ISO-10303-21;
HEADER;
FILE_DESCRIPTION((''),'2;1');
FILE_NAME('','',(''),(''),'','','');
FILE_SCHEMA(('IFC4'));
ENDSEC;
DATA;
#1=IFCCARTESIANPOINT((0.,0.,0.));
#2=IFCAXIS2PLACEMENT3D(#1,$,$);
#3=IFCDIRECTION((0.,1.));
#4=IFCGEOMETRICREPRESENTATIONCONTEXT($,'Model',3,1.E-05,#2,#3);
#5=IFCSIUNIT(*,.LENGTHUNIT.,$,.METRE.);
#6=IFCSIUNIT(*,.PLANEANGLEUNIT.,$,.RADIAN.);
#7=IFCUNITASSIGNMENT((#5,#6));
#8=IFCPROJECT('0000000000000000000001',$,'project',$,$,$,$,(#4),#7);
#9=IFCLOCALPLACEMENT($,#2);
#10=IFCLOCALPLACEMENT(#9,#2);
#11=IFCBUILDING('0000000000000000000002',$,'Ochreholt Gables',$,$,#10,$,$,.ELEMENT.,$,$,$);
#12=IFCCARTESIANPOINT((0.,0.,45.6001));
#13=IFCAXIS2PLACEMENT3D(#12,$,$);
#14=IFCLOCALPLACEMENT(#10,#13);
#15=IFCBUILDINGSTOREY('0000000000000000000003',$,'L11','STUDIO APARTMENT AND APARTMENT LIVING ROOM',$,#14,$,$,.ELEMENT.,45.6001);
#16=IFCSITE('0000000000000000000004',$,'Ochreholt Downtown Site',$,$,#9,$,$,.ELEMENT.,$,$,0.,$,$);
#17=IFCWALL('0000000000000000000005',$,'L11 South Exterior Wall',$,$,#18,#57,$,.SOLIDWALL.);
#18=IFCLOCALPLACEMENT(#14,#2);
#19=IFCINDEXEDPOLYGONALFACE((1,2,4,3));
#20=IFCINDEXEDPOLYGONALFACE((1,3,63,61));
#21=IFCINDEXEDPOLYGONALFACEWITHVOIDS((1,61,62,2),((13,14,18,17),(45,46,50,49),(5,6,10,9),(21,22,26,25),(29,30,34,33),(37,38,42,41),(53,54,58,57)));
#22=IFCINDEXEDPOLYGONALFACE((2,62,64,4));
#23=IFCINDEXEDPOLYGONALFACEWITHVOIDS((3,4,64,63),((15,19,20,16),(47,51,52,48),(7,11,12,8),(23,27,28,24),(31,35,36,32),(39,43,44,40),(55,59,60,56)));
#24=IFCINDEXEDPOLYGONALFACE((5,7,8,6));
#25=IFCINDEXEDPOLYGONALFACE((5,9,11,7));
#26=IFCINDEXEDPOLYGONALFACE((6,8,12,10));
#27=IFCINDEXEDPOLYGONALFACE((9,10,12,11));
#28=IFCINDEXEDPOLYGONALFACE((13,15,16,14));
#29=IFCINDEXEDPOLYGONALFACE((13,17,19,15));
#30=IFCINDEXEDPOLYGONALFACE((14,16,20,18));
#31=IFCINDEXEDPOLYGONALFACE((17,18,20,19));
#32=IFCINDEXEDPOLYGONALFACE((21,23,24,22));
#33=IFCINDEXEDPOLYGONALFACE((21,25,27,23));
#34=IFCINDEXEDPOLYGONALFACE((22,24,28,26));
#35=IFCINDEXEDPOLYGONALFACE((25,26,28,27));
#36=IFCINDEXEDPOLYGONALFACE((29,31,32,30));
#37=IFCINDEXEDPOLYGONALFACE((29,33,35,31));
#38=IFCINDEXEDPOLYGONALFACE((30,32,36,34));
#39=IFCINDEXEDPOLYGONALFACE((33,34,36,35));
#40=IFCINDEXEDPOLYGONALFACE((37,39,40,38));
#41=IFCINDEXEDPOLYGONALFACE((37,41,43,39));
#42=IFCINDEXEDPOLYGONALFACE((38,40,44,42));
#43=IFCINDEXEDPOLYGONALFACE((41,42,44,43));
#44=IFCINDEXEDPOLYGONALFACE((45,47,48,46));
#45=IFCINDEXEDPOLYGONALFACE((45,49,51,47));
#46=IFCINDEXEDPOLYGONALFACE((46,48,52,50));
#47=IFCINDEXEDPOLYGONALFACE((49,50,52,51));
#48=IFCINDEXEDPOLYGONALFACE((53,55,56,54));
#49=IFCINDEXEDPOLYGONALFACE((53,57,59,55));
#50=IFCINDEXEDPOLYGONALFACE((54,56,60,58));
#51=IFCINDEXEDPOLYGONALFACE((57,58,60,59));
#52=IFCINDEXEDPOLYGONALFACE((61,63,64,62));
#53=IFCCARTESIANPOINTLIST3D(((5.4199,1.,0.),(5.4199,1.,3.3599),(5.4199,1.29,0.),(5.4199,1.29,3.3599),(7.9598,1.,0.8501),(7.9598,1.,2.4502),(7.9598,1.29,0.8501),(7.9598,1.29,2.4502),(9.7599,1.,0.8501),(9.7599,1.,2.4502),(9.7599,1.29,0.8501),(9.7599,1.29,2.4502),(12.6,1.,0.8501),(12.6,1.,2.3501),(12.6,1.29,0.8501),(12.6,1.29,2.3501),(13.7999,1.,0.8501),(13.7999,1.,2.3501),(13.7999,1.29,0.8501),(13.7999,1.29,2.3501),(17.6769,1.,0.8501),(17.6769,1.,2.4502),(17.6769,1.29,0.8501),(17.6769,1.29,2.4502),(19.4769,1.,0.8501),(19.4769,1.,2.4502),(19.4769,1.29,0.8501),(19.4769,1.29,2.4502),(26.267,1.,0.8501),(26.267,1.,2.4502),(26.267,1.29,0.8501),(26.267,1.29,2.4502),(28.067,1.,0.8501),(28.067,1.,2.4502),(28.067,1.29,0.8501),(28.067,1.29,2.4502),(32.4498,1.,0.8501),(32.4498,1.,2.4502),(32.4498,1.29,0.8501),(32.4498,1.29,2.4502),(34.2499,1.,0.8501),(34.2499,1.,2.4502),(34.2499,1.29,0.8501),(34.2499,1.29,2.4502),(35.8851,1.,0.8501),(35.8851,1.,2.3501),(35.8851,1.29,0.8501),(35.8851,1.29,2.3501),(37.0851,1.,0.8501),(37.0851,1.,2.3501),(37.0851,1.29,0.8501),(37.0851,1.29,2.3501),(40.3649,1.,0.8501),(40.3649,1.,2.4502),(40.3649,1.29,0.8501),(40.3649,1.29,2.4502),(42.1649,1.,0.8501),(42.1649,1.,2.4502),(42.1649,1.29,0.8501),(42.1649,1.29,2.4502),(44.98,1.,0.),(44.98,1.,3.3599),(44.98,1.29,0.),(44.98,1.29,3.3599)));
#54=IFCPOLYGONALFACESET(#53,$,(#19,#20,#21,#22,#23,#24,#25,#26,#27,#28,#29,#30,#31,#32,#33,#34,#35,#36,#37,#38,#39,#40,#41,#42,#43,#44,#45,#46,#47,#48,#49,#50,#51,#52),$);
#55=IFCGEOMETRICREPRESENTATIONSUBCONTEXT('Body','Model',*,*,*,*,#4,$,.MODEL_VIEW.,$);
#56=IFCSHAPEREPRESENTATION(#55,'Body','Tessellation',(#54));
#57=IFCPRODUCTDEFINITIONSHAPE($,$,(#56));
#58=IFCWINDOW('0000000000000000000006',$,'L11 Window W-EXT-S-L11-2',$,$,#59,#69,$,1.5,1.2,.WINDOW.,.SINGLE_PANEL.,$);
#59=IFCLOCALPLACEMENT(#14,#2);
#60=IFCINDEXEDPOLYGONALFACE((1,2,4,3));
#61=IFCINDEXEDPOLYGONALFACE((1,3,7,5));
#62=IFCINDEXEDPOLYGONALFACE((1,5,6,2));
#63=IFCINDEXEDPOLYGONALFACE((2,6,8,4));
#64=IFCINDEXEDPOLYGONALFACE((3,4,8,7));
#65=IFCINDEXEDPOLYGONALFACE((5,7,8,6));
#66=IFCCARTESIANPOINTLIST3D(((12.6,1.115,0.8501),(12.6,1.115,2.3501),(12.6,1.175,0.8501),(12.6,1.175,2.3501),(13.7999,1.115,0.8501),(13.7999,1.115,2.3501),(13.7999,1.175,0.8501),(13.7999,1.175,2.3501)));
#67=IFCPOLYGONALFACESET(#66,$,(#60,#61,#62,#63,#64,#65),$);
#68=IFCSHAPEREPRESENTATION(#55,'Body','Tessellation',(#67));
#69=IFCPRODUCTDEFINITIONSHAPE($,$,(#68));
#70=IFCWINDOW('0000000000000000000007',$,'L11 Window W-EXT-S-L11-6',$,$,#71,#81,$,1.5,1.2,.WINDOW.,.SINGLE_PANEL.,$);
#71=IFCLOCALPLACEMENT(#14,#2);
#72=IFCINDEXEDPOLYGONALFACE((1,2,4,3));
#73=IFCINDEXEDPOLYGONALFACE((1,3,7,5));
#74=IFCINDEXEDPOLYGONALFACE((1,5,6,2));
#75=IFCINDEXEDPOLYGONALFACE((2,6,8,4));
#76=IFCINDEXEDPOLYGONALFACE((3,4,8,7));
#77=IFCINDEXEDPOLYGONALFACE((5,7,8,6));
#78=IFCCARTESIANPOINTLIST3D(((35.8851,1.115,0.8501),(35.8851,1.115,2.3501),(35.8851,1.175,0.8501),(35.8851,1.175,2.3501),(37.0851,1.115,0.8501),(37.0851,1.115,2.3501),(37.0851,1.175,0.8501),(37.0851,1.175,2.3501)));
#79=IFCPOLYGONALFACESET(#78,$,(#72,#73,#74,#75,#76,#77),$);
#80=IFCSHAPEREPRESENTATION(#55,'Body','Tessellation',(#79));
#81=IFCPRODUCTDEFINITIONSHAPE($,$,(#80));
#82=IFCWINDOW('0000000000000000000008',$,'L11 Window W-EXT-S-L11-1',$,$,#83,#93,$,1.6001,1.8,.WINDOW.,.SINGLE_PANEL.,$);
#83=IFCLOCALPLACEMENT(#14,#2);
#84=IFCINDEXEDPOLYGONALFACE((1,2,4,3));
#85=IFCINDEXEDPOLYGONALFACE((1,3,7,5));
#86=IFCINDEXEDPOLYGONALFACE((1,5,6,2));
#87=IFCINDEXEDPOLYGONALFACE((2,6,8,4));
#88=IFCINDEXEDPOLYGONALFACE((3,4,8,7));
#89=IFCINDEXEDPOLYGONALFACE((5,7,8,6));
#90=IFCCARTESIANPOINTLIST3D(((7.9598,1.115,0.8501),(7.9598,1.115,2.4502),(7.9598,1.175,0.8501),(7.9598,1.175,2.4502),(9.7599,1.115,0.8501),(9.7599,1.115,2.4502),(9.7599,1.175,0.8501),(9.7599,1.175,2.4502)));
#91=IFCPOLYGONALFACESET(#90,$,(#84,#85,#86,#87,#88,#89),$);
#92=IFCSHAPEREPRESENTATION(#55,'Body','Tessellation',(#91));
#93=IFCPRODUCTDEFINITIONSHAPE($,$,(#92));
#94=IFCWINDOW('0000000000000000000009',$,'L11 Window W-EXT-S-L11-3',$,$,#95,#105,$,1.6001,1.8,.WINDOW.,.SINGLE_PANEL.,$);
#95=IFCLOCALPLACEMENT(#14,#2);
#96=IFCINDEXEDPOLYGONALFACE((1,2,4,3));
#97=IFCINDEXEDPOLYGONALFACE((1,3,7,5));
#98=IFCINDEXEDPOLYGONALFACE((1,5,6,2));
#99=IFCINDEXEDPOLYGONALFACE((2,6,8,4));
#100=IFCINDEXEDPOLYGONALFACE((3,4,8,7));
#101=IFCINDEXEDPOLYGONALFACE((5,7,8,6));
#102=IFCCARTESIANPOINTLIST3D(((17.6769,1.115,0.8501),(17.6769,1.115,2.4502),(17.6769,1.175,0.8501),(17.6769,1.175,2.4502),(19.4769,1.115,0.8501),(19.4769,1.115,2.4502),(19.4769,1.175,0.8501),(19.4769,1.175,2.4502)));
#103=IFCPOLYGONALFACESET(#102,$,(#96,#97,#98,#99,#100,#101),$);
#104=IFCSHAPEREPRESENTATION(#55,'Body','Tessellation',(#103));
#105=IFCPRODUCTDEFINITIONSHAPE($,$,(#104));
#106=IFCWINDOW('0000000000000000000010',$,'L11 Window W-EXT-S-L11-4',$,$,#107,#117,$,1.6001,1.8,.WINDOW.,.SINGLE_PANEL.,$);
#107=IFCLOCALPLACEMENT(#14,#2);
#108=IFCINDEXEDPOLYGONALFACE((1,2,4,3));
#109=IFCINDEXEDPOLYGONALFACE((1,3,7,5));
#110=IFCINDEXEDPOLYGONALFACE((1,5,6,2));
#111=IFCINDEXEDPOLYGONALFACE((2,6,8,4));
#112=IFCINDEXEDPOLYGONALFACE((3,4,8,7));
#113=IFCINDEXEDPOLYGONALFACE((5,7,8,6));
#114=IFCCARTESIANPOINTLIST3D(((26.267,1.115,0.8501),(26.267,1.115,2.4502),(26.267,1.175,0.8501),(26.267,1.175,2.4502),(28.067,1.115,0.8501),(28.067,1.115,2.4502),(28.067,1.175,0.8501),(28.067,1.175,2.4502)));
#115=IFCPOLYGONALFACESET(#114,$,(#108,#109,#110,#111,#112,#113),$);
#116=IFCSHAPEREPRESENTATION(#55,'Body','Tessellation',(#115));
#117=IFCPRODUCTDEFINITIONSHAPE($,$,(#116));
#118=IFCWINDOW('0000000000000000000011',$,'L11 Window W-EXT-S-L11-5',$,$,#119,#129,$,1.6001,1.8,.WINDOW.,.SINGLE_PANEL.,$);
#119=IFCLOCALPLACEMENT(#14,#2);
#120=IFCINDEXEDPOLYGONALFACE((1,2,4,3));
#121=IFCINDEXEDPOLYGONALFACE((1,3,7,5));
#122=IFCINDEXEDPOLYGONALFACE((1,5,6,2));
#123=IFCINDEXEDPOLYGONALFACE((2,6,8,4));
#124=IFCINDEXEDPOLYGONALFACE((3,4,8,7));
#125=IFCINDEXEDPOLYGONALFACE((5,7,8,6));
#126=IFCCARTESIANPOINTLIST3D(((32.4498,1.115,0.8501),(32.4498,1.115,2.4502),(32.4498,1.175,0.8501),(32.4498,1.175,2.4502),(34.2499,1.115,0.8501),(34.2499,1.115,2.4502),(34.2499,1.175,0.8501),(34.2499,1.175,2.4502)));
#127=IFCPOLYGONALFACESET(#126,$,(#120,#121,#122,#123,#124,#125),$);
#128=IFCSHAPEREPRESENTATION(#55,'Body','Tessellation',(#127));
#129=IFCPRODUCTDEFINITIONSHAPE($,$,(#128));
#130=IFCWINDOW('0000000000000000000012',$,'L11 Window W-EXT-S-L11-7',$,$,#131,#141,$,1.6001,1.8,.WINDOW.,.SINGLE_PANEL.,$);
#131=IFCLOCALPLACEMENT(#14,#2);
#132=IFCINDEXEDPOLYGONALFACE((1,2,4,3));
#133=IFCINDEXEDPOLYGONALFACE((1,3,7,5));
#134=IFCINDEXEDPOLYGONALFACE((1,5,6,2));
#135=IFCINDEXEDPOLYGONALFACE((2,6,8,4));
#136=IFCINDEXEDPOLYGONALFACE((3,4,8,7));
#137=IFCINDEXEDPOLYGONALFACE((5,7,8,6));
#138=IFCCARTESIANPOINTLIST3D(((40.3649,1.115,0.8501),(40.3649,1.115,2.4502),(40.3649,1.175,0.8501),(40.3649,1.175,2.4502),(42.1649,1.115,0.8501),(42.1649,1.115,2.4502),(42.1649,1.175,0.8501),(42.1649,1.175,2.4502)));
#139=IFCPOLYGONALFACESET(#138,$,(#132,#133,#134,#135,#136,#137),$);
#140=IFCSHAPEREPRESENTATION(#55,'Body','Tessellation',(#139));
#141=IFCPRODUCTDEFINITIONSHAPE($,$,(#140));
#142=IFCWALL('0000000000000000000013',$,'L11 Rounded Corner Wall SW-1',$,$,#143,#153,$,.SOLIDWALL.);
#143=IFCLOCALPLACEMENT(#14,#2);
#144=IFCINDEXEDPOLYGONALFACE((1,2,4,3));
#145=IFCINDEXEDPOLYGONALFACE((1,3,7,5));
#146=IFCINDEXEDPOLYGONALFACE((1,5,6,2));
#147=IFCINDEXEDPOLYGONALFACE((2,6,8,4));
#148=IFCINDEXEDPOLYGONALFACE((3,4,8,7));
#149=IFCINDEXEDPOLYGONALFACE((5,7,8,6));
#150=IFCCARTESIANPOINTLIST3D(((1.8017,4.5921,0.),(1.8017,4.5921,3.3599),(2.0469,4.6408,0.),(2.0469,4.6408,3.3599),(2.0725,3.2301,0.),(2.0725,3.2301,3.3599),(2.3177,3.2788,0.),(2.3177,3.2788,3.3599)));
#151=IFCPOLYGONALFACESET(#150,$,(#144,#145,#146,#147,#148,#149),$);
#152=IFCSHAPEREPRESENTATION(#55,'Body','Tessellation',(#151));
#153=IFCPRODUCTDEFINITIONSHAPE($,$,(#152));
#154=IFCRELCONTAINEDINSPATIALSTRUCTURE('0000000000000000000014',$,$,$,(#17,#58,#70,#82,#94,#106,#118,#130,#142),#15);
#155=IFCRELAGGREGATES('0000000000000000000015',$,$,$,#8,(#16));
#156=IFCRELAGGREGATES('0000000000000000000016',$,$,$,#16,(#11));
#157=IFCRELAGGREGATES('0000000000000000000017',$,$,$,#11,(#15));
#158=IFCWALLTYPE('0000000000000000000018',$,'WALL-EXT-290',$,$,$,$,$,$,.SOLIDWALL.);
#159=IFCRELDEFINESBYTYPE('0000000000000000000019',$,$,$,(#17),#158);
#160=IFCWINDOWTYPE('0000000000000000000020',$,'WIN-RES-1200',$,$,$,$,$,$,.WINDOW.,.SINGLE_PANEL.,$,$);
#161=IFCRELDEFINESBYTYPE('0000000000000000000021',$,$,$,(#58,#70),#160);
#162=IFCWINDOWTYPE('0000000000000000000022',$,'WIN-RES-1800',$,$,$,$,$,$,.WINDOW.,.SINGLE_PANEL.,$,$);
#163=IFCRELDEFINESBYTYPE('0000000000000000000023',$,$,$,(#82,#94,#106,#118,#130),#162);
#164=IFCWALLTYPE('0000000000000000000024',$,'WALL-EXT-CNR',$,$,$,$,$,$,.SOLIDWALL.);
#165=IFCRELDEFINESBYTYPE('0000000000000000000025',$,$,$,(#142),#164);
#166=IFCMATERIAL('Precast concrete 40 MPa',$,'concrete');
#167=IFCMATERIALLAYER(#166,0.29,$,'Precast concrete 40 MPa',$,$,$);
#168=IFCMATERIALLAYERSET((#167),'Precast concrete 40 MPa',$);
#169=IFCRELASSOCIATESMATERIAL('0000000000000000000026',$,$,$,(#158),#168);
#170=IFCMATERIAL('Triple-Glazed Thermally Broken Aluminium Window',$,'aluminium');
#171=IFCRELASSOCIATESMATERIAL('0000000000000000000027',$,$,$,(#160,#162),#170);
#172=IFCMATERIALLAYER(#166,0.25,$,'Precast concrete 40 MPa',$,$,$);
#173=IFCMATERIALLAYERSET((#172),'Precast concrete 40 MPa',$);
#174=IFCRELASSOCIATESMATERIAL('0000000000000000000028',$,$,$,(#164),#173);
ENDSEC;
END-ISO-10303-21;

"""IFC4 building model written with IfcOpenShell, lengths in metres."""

from ifc_helpers import new_model, si_unit, direction, frame, frame_2d, origin, place, context, subcontext, project, spatial, rectangle, extrude, material, layer, layer_set, type_object, element, fill, save


model = new_model("IFC4")

# Units and contexts
model_context = context("Model", 3, precision=1e-05, world=origin(), true_north=direction((0.0, 1.0)))
body_context = subcontext(model_context, "Body", "Model", "MODEL_VIEW")
ifc_project = project(units=[si_unit("LENGTHUNIT", "METRE"), si_unit("PLANEANGLEUNIT", "RADIAN")], contexts=[model_context])

# Site, building, storey
site_placement = place(None, origin())
site = spatial("IfcSite", under=ifc_project, at=site_placement, Name="Ochreholt Downtown Site", CompositionType="ELEMENT", RefElevation=0.0)
building_placement = place(site_placement, origin())
building = spatial("IfcBuilding", under=site, at=building_placement, Name="Ochreholt Gables", CompositionType="ELEMENT")
storey_placement = place(building_placement, frame((0.0, 0.0, 45.6001)))
storey = spatial("IfcBuildingStorey", under=building, at=storey_placement, Name="L11", Description="STUDIO APARTMENT AND APARTMENT LIVING ROOM", CompositionType="ELEMENT", Elevation=45.6001)

# Wall, openings, windows
ifc_material_1 = material(Name="Precast concrete 40 MPa", Category="concrete")
ifc_layer_1 = layer(ifc_material_1, 0.29, Name="Precast concrete 40 MPa")
ifc_layer_set_1 = layer_set([ifc_layer_1], Name="Precast concrete 40 MPa")
wall_type_1 = type_object("IfcWallType", Name="WALL-EXT-290", PredefinedType="SOLIDWALL", material=ifc_layer_set_1)
wall_1_placement = place(storey_placement, frame((5.4199, 1.145, 0.0), z_axis=(0.0, 0.0, 1.0), x_axis=(1.0, 0.0, 0.0)))
wall_1 = element("IfcWall", 1, at=wall_1_placement, inside=storey, type_object=wall_type_1, Name="L11 South Exterior Wall", PredefinedType="SOLIDWALL", context=body_context, shape_type="SweptSolid", body=[
    extrude(rectangle(XDim=39.5601, YDim=0.29, at=frame_2d((19.78, 0.0))), origin(), (0.0, 0.0, 1.0), 3.3599),
])
opening_1_placement = place(wall_1_placement, frame((2.54, 0.0, 0.8501)))
opening_1 = element("IfcOpeningElement", 2, at=opening_1_placement, cuts=wall_1, PredefinedType="OPENING", context=body_context, shape_type="SweptSolid", body=[
    extrude(rectangle(XDim=1.8, YDim=1.6001, at=frame_2d((0.8999, 0.8))), frame((0.0, 0.155, 0.0), z_axis=(0.0, -1.0, 0.0), x_axis=(1.0, 0.0, 0.0)), (0.0, 0.0, 1.0), 0.3101),
])
opening_2_placement = place(wall_1_placement, frame((7.1799, 0.0, 0.8501)))
opening_2 = element("IfcOpeningElement", 3, at=opening_2_placement, cuts=wall_1, PredefinedType="OPENING", context=body_context, shape_type="SweptSolid", body=[
    extrude(rectangle(XDim=1.2, YDim=1.5, at=frame_2d((0.6001, 0.75))), frame((0.0, 0.155, 0.0), z_axis=(0.0, -1.0, 0.0), x_axis=(1.0, 0.0, 0.0)), (0.0, 0.0, 1.0), 0.3101),
])
opening_3_placement = place(wall_1_placement, frame((12.2571, 0.0, 0.8501)))
opening_3 = element("IfcOpeningElement", 4, at=opening_3_placement, cuts=wall_1, PredefinedType="OPENING", context=body_context, shape_type="SweptSolid", body=[
    extrude(rectangle(XDim=1.8, YDim=1.6001, at=frame_2d((0.8999, 0.8))), frame((0.0, 0.155, 0.0), z_axis=(0.0, -1.0, 0.0), x_axis=(1.0, 0.0, 0.0)), (0.0, 0.0, 1.0), 0.3101),
])
opening_4_placement = place(wall_1_placement, frame((20.8472, 0.0, 0.8501)))
opening_4 = element("IfcOpeningElement", 5, at=opening_4_placement, cuts=wall_1, PredefinedType="OPENING", context=body_context, shape_type="SweptSolid", body=[
    extrude(rectangle(XDim=1.8, YDim=1.6001, at=frame_2d((0.8999, 0.8))), frame((0.0, 0.155, 0.0), z_axis=(0.0, -1.0, 0.0), x_axis=(1.0, 0.0, 0.0)), (0.0, 0.0, 1.0), 0.3101),
])
opening_5_placement = place(wall_1_placement, frame((27.03, 0.0, 0.8501)))
opening_5 = element("IfcOpeningElement", 6, at=opening_5_placement, cuts=wall_1, PredefinedType="OPENING", context=body_context, shape_type="SweptSolid", body=[
    extrude(rectangle(XDim=1.8, YDim=1.6001, at=frame_2d((0.8999, 0.8))), frame((0.0, 0.155, 0.0), z_axis=(0.0, -1.0, 0.0), x_axis=(1.0, 0.0, 0.0)), (0.0, 0.0, 1.0), 0.3101),
])
opening_6_placement = place(wall_1_placement, frame((30.4651, 0.0, 0.8501)))
opening_6 = element("IfcOpeningElement", 7, at=opening_6_placement, cuts=wall_1, PredefinedType="OPENING", context=body_context, shape_type="SweptSolid", body=[
    extrude(rectangle(XDim=1.2, YDim=1.5, at=frame_2d((0.6001, 0.75))), frame((0.0, 0.155, 0.0), z_axis=(0.0, -1.0, 0.0), x_axis=(1.0, 0.0, 0.0)), (0.0, 0.0, 1.0), 0.3101),
])
opening_7_placement = place(wall_1_placement, frame((34.9451, 0.0, 0.8501)))
opening_7 = element("IfcOpeningElement", 8, at=opening_7_placement, cuts=wall_1, PredefinedType="OPENING", context=body_context, shape_type="SweptSolid", body=[
    extrude(rectangle(XDim=1.8, YDim=1.6001, at=frame_2d((0.8999, 0.8))), frame((0.0, 0.155, 0.0), z_axis=(0.0, -1.0, 0.0), x_axis=(1.0, 0.0, 0.0)), (0.0, 0.0, 1.0), 0.3101),
])
ifc_material_2 = material(Name="Triple-Glazed Thermally Broken Aluminium Window", Category="aluminium")
window_type_1 = type_object("IfcWindowType", Name="WIN-RES-1200", PartitioningType="SINGLE_PANEL", PredefinedType="WINDOW", material=ifc_material_2)
window_1_placement = place(opening_2_placement, origin())
window_1 = element("IfcWindow", 9, at=window_1_placement, inside=storey, type_object=window_type_1, Name="L11 Window W-EXT-S-L11-2", OverallHeight=1.5, OverallWidth=1.2, PartitioningType="SINGLE_PANEL", PredefinedType="WINDOW", context=body_context, shape_type="SweptSolid", body=[
    extrude(rectangle(XDim=1.2, YDim=1.5, at=frame_2d((0.6001, 0.75))), frame((0.0, 0.03, 0.0), z_axis=(0.0, -1.0, 0.0), x_axis=(1.0, 0.0, 0.0)), (0.0, 0.0, 1.0), 0.0601),
])
fill(opening_2, window_1)
window_2_placement = place(opening_6_placement, origin())
window_2 = element("IfcWindow", 10, at=window_2_placement, inside=storey, type_object=window_type_1, Name="L11 Window W-EXT-S-L11-6", OverallHeight=1.5, OverallWidth=1.2, PartitioningType="SINGLE_PANEL", PredefinedType="WINDOW", context=body_context, shape_type="SweptSolid", body=[
    extrude(rectangle(XDim=1.2, YDim=1.5, at=frame_2d((0.6001, 0.75))), frame((0.0, 0.03, 0.0), z_axis=(0.0, -1.0, 0.0), x_axis=(1.0, 0.0, 0.0)), (0.0, 0.0, 1.0), 0.0601),
])
fill(opening_6, window_2)
window_type_2 = type_object("IfcWindowType", Name="WIN-RES-1800", PartitioningType="SINGLE_PANEL", PredefinedType="WINDOW", material=ifc_material_2)
window_3_placement = place(opening_1_placement, origin())
window_3 = element("IfcWindow", 11, at=window_3_placement, inside=storey, type_object=window_type_2, Name="L11 Window W-EXT-S-L11-1", OverallHeight=1.6001, OverallWidth=1.8, PartitioningType="SINGLE_PANEL", PredefinedType="WINDOW", context=body_context, shape_type="SweptSolid", body=[
    extrude(rectangle(XDim=1.8, YDim=1.6001, at=frame_2d((0.8999, 0.8))), frame((0.0, 0.03, 0.0), z_axis=(0.0, -1.0, 0.0), x_axis=(1.0, 0.0, 0.0)), (0.0, 0.0, 1.0), 0.0601),
])
fill(opening_1, window_3)
window_4_placement = place(opening_3_placement, origin())
window_4 = element("IfcWindow", 12, at=window_4_placement, inside=storey, type_object=window_type_2, Name="L11 Window W-EXT-S-L11-3", OverallHeight=1.6001, OverallWidth=1.8, PartitioningType="SINGLE_PANEL", PredefinedType="WINDOW", context=body_context, shape_type="SweptSolid", body=[
    extrude(rectangle(XDim=1.8, YDim=1.6001, at=frame_2d((0.8999, 0.8))), frame((0.0, 0.03, 0.0), z_axis=(0.0, -1.0, 0.0), x_axis=(1.0, 0.0, 0.0)), (0.0, 0.0, 1.0), 0.0601),
])
fill(opening_3, window_4)
window_5_placement = place(opening_4_placement, origin())
window_5 = element("IfcWindow", 13, at=window_5_placement, inside=storey, type_object=window_type_2, Name="L11 Window W-EXT-S-L11-4", OverallHeight=1.6001, OverallWidth=1.8, PartitioningType="SINGLE_PANEL", PredefinedType="WINDOW", context=body_context, shape_type="SweptSolid", body=[
    extrude(rectangle(XDim=1.8, YDim=1.6001, at=frame_2d((0.8999, 0.8))), frame((0.0, 0.03, 0.0), z_axis=(0.0, -1.0, 0.0), x_axis=(1.0, 0.0, 0.0)), (0.0, 0.0, 1.0), 0.0601),
])
fill(opening_4, window_5)
window_6_placement = place(opening_5_placement, origin())
window_6 = element("IfcWindow", 14, at=window_6_placement, inside=storey, type_object=window_type_2, Name="L11 Window W-EXT-S-L11-5", OverallHeight=1.6001, OverallWidth=1.8, PartitioningType="SINGLE_PANEL", PredefinedType="WINDOW", context=body_context, shape_type="SweptSolid", body=[
    extrude(rectangle(XDim=1.8, YDim=1.6001, at=frame_2d((0.8999, 0.8))), frame((0.0, 0.03, 0.0), z_axis=(0.0, -1.0, 0.0), x_axis=(1.0, 0.0, 0.0)), (0.0, 0.0, 1.0), 0.0601),
])
fill(opening_5, window_6)
window_7_placement = place(opening_7_placement, origin())
window_7 = element("IfcWindow", 15, at=window_7_placement, inside=storey, type_object=window_type_2, Name="L11 Window W-EXT-S-L11-7", OverallHeight=1.6001, OverallWidth=1.8, PartitioningType="SINGLE_PANEL", PredefinedType="WINDOW", context=body_context, shape_type="SweptSolid", body=[
    extrude(rectangle(XDim=1.8, YDim=1.6001, at=frame_2d((0.8999, 0.8))), frame((0.0, 0.03, 0.0), z_axis=(0.0, -1.0, 0.0), x_axis=(1.0, 0.0, 0.0)), (0.0, 0.0, 1.0), 0.0601),
])
fill(opening_7, window_7)

# Wall
ifc_layer_2 = layer(ifc_material_1, 0.25, Name="Precast concrete 40 MPa")
ifc_layer_set_2 = layer_set([ifc_layer_2], Name="Precast concrete 40 MPa")
wall_type_2 = type_object("IfcWallType", Name="WALL-EXT-CNR", PredefinedType="SOLIDWALL", material=ifc_layer_set_2)
wall_2_placement = place(storey_placement, frame((1.9243, 4.6165, 0.0), z_axis=(0.0, 0.0, 1.0), x_axis=(0.194967, -0.98081, 0.0)))
element("IfcWall", 16, at=wall_2_placement, inside=storey, type_object=wall_type_2, Name="L11 Rounded Corner Wall SW-1", PredefinedType="SOLIDWALL", context=body_context, shape_type="SweptSolid", body=[
    extrude(rectangle(XDim=1.3887, YDim=0.25, at=frame_2d((0.6943, 0.0))), origin(), (0.0, 0.0, 1.0), 3.3599),
])

save(model, "model.ifc")
